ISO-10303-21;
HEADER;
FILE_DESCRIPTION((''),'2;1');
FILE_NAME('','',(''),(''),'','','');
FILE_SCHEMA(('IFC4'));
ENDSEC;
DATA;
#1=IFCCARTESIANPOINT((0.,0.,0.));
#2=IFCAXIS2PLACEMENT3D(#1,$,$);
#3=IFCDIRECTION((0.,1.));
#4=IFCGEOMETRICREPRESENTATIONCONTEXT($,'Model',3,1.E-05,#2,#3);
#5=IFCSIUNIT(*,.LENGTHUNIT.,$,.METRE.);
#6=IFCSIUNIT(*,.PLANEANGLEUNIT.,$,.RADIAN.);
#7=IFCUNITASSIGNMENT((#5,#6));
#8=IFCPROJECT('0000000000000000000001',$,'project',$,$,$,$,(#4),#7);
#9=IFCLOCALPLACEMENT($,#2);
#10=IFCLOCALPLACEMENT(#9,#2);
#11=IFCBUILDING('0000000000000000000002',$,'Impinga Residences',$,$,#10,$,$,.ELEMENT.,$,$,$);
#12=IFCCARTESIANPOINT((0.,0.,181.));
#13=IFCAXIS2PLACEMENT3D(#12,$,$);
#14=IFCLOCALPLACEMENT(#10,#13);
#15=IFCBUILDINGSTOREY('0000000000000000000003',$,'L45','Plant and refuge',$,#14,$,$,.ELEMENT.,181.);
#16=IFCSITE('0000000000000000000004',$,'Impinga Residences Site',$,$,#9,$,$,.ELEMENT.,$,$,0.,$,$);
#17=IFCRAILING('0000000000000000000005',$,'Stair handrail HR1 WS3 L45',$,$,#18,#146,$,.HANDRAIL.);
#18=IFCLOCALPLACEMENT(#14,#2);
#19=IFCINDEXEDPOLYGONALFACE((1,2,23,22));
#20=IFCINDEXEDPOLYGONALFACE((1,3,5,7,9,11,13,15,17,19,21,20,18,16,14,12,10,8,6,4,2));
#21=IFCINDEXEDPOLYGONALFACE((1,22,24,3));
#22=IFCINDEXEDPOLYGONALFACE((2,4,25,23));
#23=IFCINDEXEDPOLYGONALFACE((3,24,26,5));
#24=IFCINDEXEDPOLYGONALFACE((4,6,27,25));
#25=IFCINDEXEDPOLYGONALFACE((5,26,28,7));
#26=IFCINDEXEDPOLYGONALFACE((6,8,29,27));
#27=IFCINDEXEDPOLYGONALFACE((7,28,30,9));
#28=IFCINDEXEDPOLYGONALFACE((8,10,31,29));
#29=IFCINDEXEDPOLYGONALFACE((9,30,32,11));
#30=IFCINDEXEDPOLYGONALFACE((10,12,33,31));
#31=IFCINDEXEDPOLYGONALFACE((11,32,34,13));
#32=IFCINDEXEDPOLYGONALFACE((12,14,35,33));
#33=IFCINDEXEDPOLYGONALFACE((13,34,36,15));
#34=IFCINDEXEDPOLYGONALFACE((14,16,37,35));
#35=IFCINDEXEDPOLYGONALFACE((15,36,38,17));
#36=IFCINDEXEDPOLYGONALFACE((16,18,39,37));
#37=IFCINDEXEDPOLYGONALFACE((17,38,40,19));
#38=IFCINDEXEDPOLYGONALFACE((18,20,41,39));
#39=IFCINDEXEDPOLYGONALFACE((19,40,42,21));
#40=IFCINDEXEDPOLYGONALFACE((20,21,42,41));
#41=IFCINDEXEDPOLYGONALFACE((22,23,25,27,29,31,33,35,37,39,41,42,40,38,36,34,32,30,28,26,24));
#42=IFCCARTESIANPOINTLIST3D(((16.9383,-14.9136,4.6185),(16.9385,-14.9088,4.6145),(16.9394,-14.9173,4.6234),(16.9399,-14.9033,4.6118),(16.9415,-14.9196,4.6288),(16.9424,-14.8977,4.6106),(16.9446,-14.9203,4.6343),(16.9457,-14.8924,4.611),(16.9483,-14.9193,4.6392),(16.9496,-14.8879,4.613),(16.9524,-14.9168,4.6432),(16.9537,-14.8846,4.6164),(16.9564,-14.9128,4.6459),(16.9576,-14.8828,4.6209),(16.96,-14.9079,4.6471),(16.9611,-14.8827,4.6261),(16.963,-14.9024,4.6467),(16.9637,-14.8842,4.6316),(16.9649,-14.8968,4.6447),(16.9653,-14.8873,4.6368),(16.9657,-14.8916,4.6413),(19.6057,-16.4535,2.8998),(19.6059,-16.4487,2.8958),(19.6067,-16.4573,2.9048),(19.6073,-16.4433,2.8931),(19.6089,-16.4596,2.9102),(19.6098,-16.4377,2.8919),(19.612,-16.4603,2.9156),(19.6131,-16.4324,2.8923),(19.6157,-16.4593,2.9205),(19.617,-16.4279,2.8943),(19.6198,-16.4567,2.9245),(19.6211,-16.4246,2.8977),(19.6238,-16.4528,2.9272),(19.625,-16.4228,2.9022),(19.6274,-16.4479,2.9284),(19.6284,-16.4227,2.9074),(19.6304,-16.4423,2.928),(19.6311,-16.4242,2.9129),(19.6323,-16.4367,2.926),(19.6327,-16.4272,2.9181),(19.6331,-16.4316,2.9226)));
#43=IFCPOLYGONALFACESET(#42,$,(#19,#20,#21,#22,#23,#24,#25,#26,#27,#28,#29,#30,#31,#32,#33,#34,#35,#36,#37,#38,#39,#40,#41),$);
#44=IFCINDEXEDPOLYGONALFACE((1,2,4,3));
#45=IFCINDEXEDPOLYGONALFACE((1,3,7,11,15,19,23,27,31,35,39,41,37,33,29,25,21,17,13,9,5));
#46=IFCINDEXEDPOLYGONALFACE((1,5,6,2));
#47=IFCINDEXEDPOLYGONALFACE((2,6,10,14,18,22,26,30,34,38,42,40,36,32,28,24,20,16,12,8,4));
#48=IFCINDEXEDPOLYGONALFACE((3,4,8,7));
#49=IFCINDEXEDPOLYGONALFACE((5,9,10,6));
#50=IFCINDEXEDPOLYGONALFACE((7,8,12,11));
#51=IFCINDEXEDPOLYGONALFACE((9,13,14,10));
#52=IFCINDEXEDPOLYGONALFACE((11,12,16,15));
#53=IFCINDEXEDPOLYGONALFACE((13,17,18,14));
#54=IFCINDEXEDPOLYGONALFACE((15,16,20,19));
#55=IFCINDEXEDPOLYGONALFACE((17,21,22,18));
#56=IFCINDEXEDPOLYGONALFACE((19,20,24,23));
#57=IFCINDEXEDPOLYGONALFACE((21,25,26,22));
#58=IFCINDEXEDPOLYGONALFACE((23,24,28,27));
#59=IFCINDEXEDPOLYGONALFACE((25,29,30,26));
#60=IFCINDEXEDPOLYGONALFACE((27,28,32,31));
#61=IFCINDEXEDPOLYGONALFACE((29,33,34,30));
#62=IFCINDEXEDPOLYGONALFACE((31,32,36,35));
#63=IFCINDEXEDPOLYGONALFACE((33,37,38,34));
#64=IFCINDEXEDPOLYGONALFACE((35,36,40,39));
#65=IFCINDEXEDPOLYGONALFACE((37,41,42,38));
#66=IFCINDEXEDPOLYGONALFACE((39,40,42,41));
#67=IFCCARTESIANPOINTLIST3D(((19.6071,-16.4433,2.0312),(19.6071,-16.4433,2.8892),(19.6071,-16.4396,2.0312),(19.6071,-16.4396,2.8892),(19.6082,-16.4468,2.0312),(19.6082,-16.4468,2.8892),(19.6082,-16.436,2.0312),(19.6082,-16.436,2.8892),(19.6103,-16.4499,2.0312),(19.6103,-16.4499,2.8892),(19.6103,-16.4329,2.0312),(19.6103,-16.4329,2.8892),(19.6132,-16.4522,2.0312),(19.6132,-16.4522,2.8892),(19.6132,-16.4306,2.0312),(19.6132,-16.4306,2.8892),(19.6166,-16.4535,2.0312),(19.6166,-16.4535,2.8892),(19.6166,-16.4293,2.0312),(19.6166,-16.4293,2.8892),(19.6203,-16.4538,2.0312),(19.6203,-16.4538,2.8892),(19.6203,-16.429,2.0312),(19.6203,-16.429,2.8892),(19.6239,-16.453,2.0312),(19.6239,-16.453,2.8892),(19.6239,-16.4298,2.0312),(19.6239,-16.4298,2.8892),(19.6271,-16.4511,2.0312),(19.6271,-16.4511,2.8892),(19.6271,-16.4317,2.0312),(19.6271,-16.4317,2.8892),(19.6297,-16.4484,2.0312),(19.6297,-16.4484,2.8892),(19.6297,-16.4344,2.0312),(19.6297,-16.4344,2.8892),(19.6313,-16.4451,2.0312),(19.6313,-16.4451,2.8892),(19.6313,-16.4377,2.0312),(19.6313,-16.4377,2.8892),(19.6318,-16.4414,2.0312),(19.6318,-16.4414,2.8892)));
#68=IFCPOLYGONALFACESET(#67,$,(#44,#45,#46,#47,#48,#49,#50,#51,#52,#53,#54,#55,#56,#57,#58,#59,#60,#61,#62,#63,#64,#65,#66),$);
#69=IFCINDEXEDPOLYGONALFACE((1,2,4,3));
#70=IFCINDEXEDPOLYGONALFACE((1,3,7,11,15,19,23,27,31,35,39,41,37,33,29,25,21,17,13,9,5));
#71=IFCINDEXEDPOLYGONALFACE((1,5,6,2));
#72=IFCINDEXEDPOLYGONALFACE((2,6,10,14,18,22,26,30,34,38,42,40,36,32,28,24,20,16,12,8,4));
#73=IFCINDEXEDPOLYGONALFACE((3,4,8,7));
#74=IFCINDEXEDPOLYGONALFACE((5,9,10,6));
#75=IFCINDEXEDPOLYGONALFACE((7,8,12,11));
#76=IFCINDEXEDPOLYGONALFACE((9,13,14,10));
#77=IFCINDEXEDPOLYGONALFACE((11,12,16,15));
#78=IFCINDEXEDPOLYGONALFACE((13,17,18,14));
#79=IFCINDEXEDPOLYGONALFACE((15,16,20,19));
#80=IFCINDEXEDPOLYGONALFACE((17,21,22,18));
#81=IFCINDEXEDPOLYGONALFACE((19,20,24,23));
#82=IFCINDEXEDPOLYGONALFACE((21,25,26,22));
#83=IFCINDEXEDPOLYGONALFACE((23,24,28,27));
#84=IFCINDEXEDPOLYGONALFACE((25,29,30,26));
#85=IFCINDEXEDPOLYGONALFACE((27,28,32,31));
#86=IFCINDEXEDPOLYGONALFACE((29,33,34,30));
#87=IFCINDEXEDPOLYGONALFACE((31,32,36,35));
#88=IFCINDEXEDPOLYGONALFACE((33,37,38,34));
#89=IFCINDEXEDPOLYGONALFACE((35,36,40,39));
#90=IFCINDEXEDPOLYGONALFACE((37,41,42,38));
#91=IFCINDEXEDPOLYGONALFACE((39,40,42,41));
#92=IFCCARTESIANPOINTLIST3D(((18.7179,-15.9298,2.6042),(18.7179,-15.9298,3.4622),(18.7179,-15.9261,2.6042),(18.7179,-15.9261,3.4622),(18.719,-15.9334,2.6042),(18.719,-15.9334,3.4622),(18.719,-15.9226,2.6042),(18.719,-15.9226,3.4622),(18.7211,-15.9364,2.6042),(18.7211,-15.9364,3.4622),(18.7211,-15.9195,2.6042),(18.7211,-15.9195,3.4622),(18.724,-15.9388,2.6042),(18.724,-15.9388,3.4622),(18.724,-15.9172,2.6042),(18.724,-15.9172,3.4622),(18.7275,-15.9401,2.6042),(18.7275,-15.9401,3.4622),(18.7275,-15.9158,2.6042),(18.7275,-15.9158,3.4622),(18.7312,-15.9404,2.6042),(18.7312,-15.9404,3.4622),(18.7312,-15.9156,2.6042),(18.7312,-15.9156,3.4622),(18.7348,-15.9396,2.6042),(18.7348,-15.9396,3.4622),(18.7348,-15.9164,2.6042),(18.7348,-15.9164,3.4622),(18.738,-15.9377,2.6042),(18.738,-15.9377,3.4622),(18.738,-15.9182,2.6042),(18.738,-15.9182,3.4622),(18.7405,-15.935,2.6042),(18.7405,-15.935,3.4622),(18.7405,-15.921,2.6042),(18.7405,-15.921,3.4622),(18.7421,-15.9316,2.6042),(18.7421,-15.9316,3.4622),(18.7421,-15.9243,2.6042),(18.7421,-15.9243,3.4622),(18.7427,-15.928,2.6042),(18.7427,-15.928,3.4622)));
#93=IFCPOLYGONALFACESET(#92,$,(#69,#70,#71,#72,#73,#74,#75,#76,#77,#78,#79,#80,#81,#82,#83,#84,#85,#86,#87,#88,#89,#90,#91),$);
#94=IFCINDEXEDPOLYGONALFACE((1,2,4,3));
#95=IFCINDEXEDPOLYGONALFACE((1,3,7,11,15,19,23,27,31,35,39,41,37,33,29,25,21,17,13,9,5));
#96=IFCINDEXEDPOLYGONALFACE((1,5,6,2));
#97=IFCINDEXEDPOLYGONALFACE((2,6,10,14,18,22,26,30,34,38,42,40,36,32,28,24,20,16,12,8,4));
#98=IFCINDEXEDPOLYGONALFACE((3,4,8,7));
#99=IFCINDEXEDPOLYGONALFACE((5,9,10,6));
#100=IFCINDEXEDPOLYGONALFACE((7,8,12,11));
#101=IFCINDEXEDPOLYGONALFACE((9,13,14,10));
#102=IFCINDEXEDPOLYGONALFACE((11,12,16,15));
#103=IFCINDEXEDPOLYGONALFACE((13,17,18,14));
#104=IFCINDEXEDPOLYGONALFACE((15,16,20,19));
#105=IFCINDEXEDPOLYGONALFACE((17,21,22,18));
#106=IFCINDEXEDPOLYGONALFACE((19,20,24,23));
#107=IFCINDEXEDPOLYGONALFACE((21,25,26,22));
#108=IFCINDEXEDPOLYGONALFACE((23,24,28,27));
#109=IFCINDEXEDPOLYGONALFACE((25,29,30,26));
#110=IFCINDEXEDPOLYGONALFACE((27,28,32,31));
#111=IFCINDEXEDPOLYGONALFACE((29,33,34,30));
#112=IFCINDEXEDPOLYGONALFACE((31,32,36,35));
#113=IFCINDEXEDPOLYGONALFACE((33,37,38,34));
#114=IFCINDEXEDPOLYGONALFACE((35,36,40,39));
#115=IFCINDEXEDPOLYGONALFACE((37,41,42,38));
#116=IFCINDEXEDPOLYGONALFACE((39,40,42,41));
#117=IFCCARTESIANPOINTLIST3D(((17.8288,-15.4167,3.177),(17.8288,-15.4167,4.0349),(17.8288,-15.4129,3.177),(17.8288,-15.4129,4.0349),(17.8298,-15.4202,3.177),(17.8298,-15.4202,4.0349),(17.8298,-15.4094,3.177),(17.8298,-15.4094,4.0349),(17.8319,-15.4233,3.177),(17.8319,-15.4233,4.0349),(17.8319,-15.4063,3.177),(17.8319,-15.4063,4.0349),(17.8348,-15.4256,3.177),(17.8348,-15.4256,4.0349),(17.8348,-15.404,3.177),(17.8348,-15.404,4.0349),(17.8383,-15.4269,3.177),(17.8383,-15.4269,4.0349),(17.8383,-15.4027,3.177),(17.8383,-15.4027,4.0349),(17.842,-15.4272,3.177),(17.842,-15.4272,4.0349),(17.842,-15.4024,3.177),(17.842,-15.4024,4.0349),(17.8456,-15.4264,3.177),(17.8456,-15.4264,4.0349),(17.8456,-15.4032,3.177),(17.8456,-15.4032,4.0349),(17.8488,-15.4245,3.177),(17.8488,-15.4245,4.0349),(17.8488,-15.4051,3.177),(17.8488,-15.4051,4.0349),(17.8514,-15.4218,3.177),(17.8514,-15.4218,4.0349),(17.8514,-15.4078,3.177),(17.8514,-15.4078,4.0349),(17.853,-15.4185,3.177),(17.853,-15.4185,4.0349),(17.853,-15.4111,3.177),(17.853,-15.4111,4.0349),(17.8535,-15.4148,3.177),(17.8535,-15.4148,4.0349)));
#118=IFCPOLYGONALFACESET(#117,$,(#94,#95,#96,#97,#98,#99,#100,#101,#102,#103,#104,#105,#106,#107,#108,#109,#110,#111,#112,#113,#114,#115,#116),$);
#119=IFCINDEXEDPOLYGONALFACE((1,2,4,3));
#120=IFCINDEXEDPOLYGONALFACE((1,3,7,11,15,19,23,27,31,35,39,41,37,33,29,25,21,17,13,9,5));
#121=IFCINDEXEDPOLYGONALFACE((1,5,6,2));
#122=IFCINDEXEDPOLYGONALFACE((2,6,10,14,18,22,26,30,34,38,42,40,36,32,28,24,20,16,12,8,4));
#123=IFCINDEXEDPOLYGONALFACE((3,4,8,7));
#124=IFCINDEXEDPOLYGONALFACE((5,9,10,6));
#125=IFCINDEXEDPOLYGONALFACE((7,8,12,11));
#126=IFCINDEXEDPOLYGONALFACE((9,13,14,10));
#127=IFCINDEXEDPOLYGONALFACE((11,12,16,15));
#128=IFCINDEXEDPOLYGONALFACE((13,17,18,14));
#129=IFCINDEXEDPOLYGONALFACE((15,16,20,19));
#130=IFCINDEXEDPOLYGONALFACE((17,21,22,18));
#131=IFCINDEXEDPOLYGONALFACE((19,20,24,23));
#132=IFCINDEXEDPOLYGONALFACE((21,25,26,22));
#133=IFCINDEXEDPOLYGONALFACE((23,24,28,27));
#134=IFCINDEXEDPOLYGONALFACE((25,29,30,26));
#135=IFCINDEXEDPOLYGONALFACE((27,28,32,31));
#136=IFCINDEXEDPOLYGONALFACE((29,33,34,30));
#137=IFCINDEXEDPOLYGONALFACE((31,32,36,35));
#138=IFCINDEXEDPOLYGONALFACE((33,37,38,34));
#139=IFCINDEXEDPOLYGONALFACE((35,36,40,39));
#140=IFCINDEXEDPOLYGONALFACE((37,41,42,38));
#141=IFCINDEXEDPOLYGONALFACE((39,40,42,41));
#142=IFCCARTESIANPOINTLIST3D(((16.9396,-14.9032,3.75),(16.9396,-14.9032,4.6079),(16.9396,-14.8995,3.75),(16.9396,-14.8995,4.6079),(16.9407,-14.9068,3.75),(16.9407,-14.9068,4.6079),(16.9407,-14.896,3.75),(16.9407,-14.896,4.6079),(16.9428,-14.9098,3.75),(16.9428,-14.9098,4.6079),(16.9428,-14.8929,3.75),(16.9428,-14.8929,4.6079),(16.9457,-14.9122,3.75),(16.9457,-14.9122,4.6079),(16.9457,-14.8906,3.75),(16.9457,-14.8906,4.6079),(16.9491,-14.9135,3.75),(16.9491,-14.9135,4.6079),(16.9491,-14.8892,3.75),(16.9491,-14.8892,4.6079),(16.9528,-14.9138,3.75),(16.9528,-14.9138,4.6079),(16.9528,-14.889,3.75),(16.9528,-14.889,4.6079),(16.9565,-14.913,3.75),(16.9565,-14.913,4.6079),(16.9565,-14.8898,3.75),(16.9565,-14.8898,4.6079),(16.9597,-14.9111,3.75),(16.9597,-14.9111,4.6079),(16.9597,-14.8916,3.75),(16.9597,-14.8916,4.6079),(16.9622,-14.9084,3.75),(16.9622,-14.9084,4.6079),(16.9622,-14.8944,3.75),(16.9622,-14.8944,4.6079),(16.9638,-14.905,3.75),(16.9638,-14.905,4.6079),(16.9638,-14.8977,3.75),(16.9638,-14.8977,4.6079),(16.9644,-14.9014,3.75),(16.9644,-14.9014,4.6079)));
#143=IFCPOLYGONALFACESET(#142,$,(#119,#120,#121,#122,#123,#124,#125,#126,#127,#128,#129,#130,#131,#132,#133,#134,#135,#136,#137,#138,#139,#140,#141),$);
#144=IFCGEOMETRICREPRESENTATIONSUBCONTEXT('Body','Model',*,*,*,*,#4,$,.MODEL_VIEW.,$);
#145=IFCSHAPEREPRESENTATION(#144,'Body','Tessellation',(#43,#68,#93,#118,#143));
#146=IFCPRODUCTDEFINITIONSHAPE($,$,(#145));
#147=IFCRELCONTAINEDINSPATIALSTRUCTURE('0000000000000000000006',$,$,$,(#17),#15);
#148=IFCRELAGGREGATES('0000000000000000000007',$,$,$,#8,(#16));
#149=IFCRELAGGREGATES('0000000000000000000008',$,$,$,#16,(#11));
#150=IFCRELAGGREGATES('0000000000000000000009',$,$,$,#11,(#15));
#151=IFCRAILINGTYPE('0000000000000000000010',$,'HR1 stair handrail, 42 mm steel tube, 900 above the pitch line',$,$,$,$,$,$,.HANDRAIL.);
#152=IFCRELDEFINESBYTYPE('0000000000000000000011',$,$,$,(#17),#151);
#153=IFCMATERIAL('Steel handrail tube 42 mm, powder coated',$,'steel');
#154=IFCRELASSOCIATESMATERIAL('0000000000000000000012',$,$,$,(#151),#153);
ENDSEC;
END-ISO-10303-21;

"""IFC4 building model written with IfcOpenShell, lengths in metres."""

from ifc_helpers import new_model, si_unit, direction, frame, origin, origin_2d, place, context, subcontext, project, spatial, circle, extrude, material, type_object, element, save


model = new_model("IFC4")

# Units and contexts
model_context = context("Model", 3, precision=1e-05, world=origin(), true_north=direction((0.0, 1.0)))
body_context = subcontext(model_context, "Body", "Model", "MODEL_VIEW")
ifc_project = project(units=[si_unit("LENGTHUNIT", "METRE"), si_unit("PLANEANGLEUNIT", "RADIAN")], contexts=[model_context])

# Site, building, storey
site_placement = place(None, origin())
site = spatial("IfcSite", under=ifc_project, at=site_placement, Name="Impinga Residences Site", CompositionType="ELEMENT", RefElevation=0.0)
building_placement = place(site_placement, origin())
building = spatial("IfcBuilding", under=site, at=building_placement, Name="Impinga Residences", CompositionType="ELEMENT")
storey_placement = place(building_placement, frame((0.0, 0.0, 181.0)))
storey = spatial("IfcBuildingStorey", under=building, at=storey_placement, Name="L45", Description="Plant and refuge", CompositionType="ELEMENT", Elevation=181.0)

# Railing
ifc_material_1 = material(Name="Steel handrail tube 42 mm, powder coated", Category="steel")
railing_type_1 = type_object("IfcRailingType", Name="HR1 stair handrail, 42 mm steel tube, 900 above the pitch line", PredefinedType="HANDRAIL", material=ifc_material_1)
railing_1_placement = place(storey_placement, frame((19.6194, -16.4414, 2.0312)))
element("IfcRailing", 1, at=railing_1_placement, inside=storey, type_object=railing_type_1, Name="Stair handrail HR1 WS3 L45", PredefinedType="HANDRAIL", context=body_context, shape_type="SweptSolid", body=[
    extrude(circle(Radius=0.021, at=origin_2d()), frame((0.0, 0.0, 0.8789), z_axis=(-0.756256, 0.436616, 0.487282), x_axis=(-0.499992, -0.86603, 0.0)), (0.0, 0.0, 1.0), 3.5271),
    extrude(circle(Radius=0.0125, at=origin_2d()), origin(), (0.0, 0.0, 1.0), 0.8579),
    extrude(circle(Radius=0.0125, at=origin_2d()), frame((-0.8892, 0.5134, 0.573)), (0.0, 0.0, 1.0), 0.8579),
    extrude(circle(Radius=0.0125, at=origin_2d()), frame((-1.7783, 1.0266, 1.1458)), (0.0, 0.0, 1.0), 0.8579),
    extrude(circle(Radius=0.0125, at=origin_2d()), frame((-2.6675, 1.54, 1.7188)), (0.0, 0.0, 1.0), 0.8579),
])

save(model, "model.ifc")
